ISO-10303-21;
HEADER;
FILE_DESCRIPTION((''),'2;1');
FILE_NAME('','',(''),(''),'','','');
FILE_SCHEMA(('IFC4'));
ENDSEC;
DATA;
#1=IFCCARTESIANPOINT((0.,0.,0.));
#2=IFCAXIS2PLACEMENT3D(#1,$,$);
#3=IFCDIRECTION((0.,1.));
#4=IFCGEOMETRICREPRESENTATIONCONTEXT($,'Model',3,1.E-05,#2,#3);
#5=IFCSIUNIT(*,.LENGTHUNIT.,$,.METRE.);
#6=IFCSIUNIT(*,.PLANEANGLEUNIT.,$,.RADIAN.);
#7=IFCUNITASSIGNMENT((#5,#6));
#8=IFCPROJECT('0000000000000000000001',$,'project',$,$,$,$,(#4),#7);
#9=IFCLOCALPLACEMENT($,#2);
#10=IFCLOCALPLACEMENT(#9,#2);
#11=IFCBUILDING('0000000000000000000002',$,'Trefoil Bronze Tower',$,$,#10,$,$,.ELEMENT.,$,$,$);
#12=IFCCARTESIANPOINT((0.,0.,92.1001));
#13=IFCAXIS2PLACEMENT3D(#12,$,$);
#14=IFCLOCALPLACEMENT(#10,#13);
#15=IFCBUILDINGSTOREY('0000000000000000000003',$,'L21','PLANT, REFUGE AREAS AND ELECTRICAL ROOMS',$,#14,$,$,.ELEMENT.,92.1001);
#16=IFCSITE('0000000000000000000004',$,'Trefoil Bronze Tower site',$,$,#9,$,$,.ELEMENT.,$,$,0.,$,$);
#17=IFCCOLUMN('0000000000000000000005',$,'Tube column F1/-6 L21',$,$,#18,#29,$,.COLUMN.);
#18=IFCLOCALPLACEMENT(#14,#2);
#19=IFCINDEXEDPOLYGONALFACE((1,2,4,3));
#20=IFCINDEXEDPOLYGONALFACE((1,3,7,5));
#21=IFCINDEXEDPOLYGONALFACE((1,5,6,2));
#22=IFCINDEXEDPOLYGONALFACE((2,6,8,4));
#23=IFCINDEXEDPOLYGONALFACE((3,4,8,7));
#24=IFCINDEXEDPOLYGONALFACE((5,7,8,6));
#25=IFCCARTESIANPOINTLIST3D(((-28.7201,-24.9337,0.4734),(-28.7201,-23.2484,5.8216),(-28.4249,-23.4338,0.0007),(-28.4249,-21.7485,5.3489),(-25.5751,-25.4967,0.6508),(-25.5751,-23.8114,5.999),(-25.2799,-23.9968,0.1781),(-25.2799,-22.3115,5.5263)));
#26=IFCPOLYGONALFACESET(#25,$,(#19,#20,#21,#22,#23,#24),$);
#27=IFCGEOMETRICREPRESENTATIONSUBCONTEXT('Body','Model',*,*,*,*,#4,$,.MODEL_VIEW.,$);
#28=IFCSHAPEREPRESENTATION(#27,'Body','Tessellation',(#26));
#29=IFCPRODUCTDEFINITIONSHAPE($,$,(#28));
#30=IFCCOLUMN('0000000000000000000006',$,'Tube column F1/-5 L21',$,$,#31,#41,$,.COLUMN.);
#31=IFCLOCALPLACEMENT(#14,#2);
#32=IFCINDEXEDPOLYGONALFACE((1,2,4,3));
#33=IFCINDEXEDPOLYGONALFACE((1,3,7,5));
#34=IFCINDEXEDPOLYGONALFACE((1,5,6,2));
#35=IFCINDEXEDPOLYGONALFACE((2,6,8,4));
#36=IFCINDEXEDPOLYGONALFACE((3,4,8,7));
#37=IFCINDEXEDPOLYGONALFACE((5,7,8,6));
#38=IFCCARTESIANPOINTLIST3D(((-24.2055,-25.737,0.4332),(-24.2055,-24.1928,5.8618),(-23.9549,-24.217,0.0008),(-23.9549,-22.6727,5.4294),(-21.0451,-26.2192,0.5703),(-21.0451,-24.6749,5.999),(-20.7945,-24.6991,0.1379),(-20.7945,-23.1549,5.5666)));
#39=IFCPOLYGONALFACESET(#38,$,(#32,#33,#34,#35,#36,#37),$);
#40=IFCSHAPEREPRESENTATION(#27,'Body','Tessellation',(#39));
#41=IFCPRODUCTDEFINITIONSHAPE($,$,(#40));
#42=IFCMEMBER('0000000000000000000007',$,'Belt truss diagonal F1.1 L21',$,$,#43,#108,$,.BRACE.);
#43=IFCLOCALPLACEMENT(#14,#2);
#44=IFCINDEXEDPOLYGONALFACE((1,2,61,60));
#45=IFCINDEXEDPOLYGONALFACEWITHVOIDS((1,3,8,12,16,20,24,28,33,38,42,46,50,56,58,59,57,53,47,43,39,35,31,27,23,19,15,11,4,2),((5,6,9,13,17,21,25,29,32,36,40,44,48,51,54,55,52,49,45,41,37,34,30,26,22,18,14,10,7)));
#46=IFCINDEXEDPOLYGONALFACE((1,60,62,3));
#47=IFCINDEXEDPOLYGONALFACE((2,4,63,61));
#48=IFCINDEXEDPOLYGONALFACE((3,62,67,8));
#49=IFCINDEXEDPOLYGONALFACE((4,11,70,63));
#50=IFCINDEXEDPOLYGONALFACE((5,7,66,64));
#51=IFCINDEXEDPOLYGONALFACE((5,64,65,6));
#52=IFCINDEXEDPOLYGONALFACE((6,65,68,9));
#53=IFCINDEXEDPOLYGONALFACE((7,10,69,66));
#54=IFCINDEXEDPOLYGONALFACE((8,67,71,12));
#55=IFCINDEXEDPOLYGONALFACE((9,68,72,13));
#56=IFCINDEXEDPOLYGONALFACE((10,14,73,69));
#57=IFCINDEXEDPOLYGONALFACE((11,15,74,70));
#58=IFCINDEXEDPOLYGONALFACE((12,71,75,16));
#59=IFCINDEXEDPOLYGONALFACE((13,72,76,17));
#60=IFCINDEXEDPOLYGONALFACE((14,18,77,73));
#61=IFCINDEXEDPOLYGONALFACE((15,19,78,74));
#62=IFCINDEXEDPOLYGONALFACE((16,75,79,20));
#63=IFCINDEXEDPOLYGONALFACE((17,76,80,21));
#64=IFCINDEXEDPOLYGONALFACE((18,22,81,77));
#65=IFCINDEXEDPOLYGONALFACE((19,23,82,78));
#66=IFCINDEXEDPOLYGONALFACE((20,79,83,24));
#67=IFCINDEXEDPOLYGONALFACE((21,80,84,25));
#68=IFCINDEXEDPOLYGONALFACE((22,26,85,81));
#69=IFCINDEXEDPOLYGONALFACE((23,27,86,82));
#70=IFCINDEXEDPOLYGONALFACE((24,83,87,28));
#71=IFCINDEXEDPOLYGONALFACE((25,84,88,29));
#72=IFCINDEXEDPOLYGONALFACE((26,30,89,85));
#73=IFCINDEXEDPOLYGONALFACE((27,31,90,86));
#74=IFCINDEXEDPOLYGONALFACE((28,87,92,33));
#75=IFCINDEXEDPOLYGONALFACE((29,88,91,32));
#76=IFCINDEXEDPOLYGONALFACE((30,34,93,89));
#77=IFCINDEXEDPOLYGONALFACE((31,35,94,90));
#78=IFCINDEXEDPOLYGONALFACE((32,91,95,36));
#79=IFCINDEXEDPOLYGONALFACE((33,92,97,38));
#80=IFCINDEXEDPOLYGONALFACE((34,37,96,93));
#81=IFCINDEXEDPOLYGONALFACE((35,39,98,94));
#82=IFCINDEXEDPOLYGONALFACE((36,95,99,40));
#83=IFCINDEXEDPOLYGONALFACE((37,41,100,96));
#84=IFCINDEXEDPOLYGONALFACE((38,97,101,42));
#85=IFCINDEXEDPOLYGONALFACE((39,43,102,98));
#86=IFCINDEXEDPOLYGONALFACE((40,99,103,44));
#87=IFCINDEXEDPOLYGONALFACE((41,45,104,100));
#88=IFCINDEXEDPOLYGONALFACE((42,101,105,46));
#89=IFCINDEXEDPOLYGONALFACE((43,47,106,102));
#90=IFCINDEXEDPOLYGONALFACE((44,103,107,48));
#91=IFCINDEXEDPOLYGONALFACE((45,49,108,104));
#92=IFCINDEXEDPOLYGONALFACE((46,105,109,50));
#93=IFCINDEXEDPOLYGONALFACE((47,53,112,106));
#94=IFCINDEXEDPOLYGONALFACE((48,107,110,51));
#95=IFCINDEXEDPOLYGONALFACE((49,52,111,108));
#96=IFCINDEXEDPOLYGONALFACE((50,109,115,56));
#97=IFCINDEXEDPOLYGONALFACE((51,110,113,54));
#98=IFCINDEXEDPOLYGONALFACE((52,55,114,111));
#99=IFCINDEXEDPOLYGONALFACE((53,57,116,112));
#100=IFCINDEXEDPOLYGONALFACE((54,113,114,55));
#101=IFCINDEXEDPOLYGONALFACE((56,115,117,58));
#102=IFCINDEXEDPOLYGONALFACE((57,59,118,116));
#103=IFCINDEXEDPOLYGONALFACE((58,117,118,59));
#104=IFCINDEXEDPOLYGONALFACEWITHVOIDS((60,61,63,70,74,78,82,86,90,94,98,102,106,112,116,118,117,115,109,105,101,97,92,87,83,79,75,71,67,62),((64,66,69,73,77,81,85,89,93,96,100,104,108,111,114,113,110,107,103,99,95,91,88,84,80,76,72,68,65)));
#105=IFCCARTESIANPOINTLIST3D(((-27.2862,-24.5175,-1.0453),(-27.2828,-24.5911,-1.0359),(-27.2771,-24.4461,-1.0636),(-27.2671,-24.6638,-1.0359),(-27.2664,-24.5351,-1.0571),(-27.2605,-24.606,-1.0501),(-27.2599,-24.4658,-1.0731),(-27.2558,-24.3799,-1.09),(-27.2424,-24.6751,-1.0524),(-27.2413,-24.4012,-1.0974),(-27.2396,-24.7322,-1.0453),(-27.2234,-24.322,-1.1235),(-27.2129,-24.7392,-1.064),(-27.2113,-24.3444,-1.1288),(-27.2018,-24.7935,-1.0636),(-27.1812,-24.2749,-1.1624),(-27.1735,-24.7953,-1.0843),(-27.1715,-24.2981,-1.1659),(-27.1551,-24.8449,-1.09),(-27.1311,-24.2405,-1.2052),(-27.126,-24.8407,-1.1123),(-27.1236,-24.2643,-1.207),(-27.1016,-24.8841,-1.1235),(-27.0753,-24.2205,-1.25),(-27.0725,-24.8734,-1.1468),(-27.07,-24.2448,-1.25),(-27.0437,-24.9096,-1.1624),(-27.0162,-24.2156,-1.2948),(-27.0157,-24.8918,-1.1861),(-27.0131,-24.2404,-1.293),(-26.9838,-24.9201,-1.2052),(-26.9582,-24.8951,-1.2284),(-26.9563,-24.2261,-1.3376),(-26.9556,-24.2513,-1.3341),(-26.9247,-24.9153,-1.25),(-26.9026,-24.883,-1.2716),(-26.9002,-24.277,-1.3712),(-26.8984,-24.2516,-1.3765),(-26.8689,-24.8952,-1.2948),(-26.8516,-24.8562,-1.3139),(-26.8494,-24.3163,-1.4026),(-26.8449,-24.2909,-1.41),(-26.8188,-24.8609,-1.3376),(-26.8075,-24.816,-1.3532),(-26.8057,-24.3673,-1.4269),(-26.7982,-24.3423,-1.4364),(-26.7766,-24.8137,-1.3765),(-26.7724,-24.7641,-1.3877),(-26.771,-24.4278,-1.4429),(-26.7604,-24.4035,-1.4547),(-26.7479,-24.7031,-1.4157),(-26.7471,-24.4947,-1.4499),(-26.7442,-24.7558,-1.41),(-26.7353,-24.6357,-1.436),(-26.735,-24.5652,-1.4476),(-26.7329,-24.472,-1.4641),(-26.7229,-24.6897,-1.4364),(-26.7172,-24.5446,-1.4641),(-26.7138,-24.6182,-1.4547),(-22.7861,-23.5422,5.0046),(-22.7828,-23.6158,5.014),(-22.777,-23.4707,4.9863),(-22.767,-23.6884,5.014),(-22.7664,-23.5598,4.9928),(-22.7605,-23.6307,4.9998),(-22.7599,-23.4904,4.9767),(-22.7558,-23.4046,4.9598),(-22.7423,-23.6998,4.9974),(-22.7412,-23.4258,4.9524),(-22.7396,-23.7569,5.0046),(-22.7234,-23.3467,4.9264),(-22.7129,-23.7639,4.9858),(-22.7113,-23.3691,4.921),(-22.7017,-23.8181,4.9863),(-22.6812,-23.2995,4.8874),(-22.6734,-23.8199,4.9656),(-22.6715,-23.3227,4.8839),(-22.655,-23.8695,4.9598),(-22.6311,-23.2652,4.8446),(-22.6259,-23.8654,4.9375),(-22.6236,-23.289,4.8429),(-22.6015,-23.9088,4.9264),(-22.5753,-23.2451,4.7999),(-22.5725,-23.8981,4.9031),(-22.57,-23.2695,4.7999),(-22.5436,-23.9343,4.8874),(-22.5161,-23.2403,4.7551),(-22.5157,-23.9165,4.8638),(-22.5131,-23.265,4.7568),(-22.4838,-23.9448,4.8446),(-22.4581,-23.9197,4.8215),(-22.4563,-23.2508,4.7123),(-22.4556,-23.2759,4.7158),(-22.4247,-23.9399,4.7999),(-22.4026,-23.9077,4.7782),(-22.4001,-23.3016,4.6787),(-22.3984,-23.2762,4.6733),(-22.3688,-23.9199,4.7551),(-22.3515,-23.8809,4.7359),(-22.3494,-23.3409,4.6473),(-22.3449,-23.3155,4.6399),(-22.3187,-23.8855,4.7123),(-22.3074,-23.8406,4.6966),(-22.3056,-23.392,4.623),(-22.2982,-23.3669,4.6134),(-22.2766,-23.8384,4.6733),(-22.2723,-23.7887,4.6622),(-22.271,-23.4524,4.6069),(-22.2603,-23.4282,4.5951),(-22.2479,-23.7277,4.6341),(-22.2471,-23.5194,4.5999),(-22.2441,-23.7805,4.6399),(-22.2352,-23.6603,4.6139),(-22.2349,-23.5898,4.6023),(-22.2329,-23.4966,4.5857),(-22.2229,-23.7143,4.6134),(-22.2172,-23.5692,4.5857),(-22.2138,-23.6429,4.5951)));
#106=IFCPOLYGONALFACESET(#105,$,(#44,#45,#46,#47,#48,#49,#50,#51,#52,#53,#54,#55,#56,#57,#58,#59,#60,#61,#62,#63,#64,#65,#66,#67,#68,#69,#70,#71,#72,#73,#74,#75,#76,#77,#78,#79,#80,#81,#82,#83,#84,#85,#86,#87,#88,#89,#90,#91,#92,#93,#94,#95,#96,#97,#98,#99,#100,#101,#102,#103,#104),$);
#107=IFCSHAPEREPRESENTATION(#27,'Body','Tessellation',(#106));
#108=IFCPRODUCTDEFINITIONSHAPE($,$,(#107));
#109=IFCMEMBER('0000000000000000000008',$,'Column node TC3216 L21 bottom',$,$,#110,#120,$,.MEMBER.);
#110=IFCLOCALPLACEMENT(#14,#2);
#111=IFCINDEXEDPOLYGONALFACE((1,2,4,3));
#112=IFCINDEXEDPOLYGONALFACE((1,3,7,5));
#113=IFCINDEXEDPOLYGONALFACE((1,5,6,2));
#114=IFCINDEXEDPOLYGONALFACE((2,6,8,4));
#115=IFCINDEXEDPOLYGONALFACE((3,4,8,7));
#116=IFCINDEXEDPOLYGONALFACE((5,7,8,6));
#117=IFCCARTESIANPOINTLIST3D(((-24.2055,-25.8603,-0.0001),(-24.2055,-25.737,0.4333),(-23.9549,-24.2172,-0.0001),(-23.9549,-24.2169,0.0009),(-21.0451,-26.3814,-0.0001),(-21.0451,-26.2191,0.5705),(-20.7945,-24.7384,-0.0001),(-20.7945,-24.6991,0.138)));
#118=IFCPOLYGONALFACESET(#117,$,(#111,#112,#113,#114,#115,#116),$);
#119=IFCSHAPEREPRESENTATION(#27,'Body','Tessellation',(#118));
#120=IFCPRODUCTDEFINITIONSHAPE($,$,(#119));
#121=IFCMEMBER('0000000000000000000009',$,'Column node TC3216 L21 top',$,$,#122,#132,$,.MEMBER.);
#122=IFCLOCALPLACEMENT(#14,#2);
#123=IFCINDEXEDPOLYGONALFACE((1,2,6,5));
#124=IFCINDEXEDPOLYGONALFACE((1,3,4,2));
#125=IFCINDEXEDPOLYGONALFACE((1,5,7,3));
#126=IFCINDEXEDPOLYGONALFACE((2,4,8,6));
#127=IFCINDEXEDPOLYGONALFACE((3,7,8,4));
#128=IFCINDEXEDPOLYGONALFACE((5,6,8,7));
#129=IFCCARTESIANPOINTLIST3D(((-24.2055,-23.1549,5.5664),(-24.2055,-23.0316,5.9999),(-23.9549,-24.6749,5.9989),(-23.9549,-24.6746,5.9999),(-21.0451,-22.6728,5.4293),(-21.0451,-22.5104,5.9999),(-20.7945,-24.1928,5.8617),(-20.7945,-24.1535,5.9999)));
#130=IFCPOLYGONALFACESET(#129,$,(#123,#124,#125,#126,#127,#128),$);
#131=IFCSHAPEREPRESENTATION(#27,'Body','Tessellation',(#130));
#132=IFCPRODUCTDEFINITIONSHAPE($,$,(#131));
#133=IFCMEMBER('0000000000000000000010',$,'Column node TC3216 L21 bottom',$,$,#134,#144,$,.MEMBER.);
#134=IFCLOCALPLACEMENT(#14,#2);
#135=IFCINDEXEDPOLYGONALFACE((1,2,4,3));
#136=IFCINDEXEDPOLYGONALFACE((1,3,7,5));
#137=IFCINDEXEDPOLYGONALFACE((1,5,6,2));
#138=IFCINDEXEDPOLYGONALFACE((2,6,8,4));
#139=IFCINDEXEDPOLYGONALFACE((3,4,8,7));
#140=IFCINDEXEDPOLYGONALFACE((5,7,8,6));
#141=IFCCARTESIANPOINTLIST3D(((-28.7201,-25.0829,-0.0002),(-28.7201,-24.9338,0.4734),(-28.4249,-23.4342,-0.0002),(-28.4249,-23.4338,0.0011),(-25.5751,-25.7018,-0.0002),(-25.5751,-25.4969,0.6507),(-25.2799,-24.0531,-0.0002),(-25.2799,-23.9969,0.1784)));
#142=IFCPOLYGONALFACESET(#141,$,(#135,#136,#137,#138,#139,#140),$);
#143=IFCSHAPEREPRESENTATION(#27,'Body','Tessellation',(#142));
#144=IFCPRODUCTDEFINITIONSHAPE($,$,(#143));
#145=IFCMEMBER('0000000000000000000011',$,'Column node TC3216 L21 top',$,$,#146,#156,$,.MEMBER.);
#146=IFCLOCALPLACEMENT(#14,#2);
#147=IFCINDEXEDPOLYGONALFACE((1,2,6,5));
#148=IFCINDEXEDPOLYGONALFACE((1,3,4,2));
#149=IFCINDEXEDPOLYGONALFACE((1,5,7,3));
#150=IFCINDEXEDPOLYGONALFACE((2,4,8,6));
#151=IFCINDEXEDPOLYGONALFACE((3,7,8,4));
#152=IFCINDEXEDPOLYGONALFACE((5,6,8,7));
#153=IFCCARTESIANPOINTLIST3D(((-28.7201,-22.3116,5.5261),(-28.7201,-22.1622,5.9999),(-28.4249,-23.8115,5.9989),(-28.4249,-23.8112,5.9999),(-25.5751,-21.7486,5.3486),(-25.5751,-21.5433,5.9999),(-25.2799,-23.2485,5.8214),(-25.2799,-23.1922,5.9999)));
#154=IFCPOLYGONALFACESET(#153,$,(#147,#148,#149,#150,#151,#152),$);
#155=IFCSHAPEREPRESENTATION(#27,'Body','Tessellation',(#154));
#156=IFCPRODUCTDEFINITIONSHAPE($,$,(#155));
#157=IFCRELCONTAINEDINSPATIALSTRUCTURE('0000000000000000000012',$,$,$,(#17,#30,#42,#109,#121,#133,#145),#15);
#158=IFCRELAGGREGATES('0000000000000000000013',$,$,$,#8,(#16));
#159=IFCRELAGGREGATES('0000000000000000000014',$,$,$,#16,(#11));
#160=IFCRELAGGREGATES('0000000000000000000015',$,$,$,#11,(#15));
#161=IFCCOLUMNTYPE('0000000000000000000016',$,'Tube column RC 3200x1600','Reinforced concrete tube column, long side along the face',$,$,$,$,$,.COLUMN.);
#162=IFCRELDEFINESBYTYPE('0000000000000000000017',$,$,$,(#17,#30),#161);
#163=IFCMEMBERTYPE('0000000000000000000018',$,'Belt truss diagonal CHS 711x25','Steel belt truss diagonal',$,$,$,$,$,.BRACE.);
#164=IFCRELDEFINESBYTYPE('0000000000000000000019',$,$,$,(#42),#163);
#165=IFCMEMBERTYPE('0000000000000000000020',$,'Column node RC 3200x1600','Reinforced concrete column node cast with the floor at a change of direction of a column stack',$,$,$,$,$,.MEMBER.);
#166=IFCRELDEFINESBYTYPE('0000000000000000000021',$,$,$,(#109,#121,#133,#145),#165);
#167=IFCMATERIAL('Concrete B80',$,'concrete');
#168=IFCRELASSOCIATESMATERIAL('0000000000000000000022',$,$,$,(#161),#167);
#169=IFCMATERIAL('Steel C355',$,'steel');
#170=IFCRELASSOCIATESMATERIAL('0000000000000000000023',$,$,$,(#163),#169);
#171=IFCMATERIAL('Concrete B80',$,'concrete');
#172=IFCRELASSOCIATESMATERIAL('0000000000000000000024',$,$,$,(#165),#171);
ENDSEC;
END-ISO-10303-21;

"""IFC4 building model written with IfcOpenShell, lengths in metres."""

from ifc_helpers import new_model, si_unit, direction, frame, origin, origin_2d, place, context, subcontext, project, spatial, rectangle, hollow_circle, extrude, clip, halfspace, material, material_profile, profile_set, type_object, element, save


model = new_model("IFC4")

# Units and contexts
model_context = context("Model", 3, precision=1e-05, world=origin(), true_north=direction((0.0, 1.0)))
body_context = subcontext(model_context, "Body", "Model", "MODEL_VIEW")
ifc_project = project(units=[si_unit("LENGTHUNIT", "METRE"), si_unit("PLANEANGLEUNIT", "RADIAN")], contexts=[model_context])

# Site, building, storey
site_placement = place(None, origin())
site = spatial("IfcSite", under=ifc_project, at=site_placement, Name="Trefoil Bronze Tower site", CompositionType="ELEMENT", RefElevation=0.0)
building_placement = place(site_placement, origin())
building = spatial("IfcBuilding", under=site, at=building_placement, Name="Trefoil Bronze Tower", CompositionType="ELEMENT")
storey_placement = place(building_placement, frame((0.0, 0.0, 92.1001)))
storey = spatial("IfcBuildingStorey", under=building, at=storey_placement, Name="L21", Description="PLANT, REFUGE AREAS AND ELECTRICAL ROOMS", CompositionType="ELEMENT", Elevation=92.1001)

# Columns
ifc_material_1 = material(Name="Concrete B80", Category="concrete")
ifc_material_profile_1 = material_profile(ifc_material_1, rectangle(XDim=3.2, YDim=1.6001, at=origin_2d()), Name="RC 3200x1600")
ifc_profile_set_1 = profile_set([ifc_material_profile_1], Name="Concrete B80")
column_type = type_object("IfcColumnType", Name="Tube column RC 3200x1600", Description="Reinforced concrete tube column, long side along the face", PredefinedType="COLUMN", material=ifc_profile_set_1)
column_1_placement = place(storey_placement, frame((-27.0, -24.5679, 0.0), z_axis=(0.0, 0.300537, 0.95377), x_axis=(0.982838, -0.175942, 0.05544)))
element("IfcColumn", 1, at=column_1_placement, inside=storey, type_object=column_type, Name="Tube column F1/-6 L21", PredefinedType="COLUMN", context=body_context, shape_type="Clipping", body=[
    clip(clip(extrude(rectangle(XDim=3.2, YDim=1.6001, at=origin_2d()), origin(), (0.0, 0.0, 1.0), 6.2908), halfspace(frame((0.0, 0.0, 0.3416), z_axis=(-0.000003, 0.000018, 1.0), x_axis=(0.0, 1.0, -0.000018)), True)), halfspace(frame((0.0, 0.0, 5.949), z_axis=(0.000003, -0.000018, -1.0), x_axis=(0.0, -1.0, 0.000018)), True)),
])
column_2_placement = place(storey_placement, frame((-22.5, -25.2993, 0.0), z_axis=(0.0, 0.27361, 0.961841), x_axis=(0.987655, -0.15067, 0.04286)))
element("IfcColumn", 2, at=column_2_placement, inside=storey, type_object=column_type, Name="Tube column F1/-5 L21", PredefinedType="COLUMN", context=body_context, shape_type="Clipping", body=[
    clip(clip(extrude(rectangle(XDim=3.2, YDim=1.6001, at=origin_2d()), origin(), (0.0, 0.0, 1.0), 6.238), halfspace(frame((0.0, 0.0, 0.2969), z_axis=(0.000001, -0.000006, 1.0), x_axis=(0.0, 1.0, 0.000006)), True)), halfspace(frame((0.0, 0.0, 5.9409), z_axis=(-0.000001, 0.000006, -1.0), x_axis=(0.0, -1.0, -0.000006)), True)),
])

# Members
ifc_material_2 = material(Name="Steel C355", Category="steel")
ifc_material_profile_2 = material_profile(ifc_material_2, hollow_circle(Radius=0.3555, WallThickness=0.0249, at=origin_2d()), Name="CHS 711x25")
ifc_profile_set_2 = profile_set([ifc_material_profile_2], Name="Steel C355")
member_type_1 = type_object("IfcMemberType", Name="Belt truss diagonal CHS 711x25", Description="Steel belt truss diagonal", PredefinedType="BRACE", material=ifc_profile_set_2)
member_1_placement = place(storey_placement, frame((-27.0, -24.5679, -1.25), z_axis=(0.591893, 0.128288, 0.795742), x_axis=(-0.211824, 0.977308, 0.0)))
element("IfcMember", 3, at=member_1_placement, inside=storey, type_object=member_type_1, Name="Belt truss diagonal F1.1 L21", PredefinedType="BRACE", context=body_context, shape_type="SweptSolid", body=[
    extrude(hollow_circle(Radius=0.3555, WallThickness=0.0249, at=origin_2d()), origin(), (0.0, 0.0, 1.0), 7.6028),
])
ifc_material_3 = material(Name="Concrete B80", Category="concrete")
ifc_material_profile_3 = material_profile(ifc_material_3, rectangle(XDim=3.2, YDim=1.6001, at=origin_2d()), Name="RC 3200x1600")
ifc_profile_set_3 = profile_set([ifc_material_profile_3], Name="Concrete B80")
member_type_2 = type_object("IfcMemberType", Name="Column node RC 3200x1600", Description="Reinforced concrete column node cast with the floor at a change of direction of a column stack", PredefinedType="MEMBER", material=ifc_profile_set_3)
member_2_placement = place(storey_placement, frame((-22.5, -25.3806, -0.2859), z_axis=(0.0, 0.273636, 0.961833), x_axis=(0.987655, -0.150669, 0.042864)))
element("IfcMember", 4, at=member_2_placement, inside=storey, type_object=member_type_2, Name="Column node TC3216 L21 bottom", PredefinedType="MEMBER", context=body_context, shape_type="Clipping", body=[
    clip(extrude(rectangle(XDim=3.2, YDim=1.6001, at=origin_2d()), origin(), (0.0, 0.0, 1.0), 0.5942), halfspace(frame((0.0, 0.0, 0.2971), z_axis=(0.042864, -0.270257, 0.961833), x_axis=(0.0, 0.962718, 0.270506)), True)),
])
member_3_placement = place(storey_placement, frame((-22.5, -23.5112, 6.2856), z_axis=(0.0, -0.273636, -0.961833), x_axis=(-0.987655, -0.150669, 0.042864)))
element("IfcMember", 5, at=member_3_placement, inside=storey, type_object=member_type_2, Name="Column node TC3216 L21 top", PredefinedType="MEMBER", context=body_context, shape_type="Clipping", body=[
    clip(extrude(rectangle(XDim=3.2, YDim=1.6001, at=origin_2d()), origin(), (0.0, 0.0, 1.0), 0.5942), halfspace(frame((0.0, 0.0, 0.2971), z_axis=(-0.042864, 0.270257, 0.961833), x_axis=(0.0, 0.962718, -0.270506)), True)),
])
member_4_placement = place(storey_placement, frame((-27.0, -24.6707, -0.3262), z_axis=(0.0, 0.300328, 0.953836), x_axis=(0.982838, -0.175954, 0.055402)))
element("IfcMember", 6, at=member_4_placement, inside=storey, type_object=member_type_2, Name="Column node TC3216 L21 bottom", PredefinedType="MEMBER", context=body_context, shape_type="Clipping", body=[
    clip(extrude(rectangle(XDim=3.2, YDim=1.6001, at=origin_2d()), origin(), (0.0, 0.0, 1.0), 0.6836), halfspace(frame((0.0, 0.0, 0.3418), z_axis=(0.055402, -0.295174, 0.953836), x_axis=(0.0, 0.955303, 0.295628)), True)),
])
member_5_placement = place(storey_placement, frame((-27.0, -22.5745, 6.3259), z_axis=(0.0, -0.300653, -0.953734), x_axis=(-0.982838, -0.175935, 0.055461)))
element("IfcMember", 7, at=member_5_placement, inside=storey, type_object=member_type_2, Name="Column node TC3216 L21 top", PredefinedType="MEMBER", context=body_context, shape_type="Clipping", body=[
    clip(extrude(rectangle(XDim=3.2, YDim=1.6001, at=origin_2d()), origin(), (0.0, 0.0, 1.0), 0.6838), halfspace(frame((0.0, 0.0, 0.3418), z_axis=(-0.055461, 0.295493, 0.953734), x_axis=(0.0, 0.955204, -0.295949)), True)),
])

save(model, "model.ifc")
